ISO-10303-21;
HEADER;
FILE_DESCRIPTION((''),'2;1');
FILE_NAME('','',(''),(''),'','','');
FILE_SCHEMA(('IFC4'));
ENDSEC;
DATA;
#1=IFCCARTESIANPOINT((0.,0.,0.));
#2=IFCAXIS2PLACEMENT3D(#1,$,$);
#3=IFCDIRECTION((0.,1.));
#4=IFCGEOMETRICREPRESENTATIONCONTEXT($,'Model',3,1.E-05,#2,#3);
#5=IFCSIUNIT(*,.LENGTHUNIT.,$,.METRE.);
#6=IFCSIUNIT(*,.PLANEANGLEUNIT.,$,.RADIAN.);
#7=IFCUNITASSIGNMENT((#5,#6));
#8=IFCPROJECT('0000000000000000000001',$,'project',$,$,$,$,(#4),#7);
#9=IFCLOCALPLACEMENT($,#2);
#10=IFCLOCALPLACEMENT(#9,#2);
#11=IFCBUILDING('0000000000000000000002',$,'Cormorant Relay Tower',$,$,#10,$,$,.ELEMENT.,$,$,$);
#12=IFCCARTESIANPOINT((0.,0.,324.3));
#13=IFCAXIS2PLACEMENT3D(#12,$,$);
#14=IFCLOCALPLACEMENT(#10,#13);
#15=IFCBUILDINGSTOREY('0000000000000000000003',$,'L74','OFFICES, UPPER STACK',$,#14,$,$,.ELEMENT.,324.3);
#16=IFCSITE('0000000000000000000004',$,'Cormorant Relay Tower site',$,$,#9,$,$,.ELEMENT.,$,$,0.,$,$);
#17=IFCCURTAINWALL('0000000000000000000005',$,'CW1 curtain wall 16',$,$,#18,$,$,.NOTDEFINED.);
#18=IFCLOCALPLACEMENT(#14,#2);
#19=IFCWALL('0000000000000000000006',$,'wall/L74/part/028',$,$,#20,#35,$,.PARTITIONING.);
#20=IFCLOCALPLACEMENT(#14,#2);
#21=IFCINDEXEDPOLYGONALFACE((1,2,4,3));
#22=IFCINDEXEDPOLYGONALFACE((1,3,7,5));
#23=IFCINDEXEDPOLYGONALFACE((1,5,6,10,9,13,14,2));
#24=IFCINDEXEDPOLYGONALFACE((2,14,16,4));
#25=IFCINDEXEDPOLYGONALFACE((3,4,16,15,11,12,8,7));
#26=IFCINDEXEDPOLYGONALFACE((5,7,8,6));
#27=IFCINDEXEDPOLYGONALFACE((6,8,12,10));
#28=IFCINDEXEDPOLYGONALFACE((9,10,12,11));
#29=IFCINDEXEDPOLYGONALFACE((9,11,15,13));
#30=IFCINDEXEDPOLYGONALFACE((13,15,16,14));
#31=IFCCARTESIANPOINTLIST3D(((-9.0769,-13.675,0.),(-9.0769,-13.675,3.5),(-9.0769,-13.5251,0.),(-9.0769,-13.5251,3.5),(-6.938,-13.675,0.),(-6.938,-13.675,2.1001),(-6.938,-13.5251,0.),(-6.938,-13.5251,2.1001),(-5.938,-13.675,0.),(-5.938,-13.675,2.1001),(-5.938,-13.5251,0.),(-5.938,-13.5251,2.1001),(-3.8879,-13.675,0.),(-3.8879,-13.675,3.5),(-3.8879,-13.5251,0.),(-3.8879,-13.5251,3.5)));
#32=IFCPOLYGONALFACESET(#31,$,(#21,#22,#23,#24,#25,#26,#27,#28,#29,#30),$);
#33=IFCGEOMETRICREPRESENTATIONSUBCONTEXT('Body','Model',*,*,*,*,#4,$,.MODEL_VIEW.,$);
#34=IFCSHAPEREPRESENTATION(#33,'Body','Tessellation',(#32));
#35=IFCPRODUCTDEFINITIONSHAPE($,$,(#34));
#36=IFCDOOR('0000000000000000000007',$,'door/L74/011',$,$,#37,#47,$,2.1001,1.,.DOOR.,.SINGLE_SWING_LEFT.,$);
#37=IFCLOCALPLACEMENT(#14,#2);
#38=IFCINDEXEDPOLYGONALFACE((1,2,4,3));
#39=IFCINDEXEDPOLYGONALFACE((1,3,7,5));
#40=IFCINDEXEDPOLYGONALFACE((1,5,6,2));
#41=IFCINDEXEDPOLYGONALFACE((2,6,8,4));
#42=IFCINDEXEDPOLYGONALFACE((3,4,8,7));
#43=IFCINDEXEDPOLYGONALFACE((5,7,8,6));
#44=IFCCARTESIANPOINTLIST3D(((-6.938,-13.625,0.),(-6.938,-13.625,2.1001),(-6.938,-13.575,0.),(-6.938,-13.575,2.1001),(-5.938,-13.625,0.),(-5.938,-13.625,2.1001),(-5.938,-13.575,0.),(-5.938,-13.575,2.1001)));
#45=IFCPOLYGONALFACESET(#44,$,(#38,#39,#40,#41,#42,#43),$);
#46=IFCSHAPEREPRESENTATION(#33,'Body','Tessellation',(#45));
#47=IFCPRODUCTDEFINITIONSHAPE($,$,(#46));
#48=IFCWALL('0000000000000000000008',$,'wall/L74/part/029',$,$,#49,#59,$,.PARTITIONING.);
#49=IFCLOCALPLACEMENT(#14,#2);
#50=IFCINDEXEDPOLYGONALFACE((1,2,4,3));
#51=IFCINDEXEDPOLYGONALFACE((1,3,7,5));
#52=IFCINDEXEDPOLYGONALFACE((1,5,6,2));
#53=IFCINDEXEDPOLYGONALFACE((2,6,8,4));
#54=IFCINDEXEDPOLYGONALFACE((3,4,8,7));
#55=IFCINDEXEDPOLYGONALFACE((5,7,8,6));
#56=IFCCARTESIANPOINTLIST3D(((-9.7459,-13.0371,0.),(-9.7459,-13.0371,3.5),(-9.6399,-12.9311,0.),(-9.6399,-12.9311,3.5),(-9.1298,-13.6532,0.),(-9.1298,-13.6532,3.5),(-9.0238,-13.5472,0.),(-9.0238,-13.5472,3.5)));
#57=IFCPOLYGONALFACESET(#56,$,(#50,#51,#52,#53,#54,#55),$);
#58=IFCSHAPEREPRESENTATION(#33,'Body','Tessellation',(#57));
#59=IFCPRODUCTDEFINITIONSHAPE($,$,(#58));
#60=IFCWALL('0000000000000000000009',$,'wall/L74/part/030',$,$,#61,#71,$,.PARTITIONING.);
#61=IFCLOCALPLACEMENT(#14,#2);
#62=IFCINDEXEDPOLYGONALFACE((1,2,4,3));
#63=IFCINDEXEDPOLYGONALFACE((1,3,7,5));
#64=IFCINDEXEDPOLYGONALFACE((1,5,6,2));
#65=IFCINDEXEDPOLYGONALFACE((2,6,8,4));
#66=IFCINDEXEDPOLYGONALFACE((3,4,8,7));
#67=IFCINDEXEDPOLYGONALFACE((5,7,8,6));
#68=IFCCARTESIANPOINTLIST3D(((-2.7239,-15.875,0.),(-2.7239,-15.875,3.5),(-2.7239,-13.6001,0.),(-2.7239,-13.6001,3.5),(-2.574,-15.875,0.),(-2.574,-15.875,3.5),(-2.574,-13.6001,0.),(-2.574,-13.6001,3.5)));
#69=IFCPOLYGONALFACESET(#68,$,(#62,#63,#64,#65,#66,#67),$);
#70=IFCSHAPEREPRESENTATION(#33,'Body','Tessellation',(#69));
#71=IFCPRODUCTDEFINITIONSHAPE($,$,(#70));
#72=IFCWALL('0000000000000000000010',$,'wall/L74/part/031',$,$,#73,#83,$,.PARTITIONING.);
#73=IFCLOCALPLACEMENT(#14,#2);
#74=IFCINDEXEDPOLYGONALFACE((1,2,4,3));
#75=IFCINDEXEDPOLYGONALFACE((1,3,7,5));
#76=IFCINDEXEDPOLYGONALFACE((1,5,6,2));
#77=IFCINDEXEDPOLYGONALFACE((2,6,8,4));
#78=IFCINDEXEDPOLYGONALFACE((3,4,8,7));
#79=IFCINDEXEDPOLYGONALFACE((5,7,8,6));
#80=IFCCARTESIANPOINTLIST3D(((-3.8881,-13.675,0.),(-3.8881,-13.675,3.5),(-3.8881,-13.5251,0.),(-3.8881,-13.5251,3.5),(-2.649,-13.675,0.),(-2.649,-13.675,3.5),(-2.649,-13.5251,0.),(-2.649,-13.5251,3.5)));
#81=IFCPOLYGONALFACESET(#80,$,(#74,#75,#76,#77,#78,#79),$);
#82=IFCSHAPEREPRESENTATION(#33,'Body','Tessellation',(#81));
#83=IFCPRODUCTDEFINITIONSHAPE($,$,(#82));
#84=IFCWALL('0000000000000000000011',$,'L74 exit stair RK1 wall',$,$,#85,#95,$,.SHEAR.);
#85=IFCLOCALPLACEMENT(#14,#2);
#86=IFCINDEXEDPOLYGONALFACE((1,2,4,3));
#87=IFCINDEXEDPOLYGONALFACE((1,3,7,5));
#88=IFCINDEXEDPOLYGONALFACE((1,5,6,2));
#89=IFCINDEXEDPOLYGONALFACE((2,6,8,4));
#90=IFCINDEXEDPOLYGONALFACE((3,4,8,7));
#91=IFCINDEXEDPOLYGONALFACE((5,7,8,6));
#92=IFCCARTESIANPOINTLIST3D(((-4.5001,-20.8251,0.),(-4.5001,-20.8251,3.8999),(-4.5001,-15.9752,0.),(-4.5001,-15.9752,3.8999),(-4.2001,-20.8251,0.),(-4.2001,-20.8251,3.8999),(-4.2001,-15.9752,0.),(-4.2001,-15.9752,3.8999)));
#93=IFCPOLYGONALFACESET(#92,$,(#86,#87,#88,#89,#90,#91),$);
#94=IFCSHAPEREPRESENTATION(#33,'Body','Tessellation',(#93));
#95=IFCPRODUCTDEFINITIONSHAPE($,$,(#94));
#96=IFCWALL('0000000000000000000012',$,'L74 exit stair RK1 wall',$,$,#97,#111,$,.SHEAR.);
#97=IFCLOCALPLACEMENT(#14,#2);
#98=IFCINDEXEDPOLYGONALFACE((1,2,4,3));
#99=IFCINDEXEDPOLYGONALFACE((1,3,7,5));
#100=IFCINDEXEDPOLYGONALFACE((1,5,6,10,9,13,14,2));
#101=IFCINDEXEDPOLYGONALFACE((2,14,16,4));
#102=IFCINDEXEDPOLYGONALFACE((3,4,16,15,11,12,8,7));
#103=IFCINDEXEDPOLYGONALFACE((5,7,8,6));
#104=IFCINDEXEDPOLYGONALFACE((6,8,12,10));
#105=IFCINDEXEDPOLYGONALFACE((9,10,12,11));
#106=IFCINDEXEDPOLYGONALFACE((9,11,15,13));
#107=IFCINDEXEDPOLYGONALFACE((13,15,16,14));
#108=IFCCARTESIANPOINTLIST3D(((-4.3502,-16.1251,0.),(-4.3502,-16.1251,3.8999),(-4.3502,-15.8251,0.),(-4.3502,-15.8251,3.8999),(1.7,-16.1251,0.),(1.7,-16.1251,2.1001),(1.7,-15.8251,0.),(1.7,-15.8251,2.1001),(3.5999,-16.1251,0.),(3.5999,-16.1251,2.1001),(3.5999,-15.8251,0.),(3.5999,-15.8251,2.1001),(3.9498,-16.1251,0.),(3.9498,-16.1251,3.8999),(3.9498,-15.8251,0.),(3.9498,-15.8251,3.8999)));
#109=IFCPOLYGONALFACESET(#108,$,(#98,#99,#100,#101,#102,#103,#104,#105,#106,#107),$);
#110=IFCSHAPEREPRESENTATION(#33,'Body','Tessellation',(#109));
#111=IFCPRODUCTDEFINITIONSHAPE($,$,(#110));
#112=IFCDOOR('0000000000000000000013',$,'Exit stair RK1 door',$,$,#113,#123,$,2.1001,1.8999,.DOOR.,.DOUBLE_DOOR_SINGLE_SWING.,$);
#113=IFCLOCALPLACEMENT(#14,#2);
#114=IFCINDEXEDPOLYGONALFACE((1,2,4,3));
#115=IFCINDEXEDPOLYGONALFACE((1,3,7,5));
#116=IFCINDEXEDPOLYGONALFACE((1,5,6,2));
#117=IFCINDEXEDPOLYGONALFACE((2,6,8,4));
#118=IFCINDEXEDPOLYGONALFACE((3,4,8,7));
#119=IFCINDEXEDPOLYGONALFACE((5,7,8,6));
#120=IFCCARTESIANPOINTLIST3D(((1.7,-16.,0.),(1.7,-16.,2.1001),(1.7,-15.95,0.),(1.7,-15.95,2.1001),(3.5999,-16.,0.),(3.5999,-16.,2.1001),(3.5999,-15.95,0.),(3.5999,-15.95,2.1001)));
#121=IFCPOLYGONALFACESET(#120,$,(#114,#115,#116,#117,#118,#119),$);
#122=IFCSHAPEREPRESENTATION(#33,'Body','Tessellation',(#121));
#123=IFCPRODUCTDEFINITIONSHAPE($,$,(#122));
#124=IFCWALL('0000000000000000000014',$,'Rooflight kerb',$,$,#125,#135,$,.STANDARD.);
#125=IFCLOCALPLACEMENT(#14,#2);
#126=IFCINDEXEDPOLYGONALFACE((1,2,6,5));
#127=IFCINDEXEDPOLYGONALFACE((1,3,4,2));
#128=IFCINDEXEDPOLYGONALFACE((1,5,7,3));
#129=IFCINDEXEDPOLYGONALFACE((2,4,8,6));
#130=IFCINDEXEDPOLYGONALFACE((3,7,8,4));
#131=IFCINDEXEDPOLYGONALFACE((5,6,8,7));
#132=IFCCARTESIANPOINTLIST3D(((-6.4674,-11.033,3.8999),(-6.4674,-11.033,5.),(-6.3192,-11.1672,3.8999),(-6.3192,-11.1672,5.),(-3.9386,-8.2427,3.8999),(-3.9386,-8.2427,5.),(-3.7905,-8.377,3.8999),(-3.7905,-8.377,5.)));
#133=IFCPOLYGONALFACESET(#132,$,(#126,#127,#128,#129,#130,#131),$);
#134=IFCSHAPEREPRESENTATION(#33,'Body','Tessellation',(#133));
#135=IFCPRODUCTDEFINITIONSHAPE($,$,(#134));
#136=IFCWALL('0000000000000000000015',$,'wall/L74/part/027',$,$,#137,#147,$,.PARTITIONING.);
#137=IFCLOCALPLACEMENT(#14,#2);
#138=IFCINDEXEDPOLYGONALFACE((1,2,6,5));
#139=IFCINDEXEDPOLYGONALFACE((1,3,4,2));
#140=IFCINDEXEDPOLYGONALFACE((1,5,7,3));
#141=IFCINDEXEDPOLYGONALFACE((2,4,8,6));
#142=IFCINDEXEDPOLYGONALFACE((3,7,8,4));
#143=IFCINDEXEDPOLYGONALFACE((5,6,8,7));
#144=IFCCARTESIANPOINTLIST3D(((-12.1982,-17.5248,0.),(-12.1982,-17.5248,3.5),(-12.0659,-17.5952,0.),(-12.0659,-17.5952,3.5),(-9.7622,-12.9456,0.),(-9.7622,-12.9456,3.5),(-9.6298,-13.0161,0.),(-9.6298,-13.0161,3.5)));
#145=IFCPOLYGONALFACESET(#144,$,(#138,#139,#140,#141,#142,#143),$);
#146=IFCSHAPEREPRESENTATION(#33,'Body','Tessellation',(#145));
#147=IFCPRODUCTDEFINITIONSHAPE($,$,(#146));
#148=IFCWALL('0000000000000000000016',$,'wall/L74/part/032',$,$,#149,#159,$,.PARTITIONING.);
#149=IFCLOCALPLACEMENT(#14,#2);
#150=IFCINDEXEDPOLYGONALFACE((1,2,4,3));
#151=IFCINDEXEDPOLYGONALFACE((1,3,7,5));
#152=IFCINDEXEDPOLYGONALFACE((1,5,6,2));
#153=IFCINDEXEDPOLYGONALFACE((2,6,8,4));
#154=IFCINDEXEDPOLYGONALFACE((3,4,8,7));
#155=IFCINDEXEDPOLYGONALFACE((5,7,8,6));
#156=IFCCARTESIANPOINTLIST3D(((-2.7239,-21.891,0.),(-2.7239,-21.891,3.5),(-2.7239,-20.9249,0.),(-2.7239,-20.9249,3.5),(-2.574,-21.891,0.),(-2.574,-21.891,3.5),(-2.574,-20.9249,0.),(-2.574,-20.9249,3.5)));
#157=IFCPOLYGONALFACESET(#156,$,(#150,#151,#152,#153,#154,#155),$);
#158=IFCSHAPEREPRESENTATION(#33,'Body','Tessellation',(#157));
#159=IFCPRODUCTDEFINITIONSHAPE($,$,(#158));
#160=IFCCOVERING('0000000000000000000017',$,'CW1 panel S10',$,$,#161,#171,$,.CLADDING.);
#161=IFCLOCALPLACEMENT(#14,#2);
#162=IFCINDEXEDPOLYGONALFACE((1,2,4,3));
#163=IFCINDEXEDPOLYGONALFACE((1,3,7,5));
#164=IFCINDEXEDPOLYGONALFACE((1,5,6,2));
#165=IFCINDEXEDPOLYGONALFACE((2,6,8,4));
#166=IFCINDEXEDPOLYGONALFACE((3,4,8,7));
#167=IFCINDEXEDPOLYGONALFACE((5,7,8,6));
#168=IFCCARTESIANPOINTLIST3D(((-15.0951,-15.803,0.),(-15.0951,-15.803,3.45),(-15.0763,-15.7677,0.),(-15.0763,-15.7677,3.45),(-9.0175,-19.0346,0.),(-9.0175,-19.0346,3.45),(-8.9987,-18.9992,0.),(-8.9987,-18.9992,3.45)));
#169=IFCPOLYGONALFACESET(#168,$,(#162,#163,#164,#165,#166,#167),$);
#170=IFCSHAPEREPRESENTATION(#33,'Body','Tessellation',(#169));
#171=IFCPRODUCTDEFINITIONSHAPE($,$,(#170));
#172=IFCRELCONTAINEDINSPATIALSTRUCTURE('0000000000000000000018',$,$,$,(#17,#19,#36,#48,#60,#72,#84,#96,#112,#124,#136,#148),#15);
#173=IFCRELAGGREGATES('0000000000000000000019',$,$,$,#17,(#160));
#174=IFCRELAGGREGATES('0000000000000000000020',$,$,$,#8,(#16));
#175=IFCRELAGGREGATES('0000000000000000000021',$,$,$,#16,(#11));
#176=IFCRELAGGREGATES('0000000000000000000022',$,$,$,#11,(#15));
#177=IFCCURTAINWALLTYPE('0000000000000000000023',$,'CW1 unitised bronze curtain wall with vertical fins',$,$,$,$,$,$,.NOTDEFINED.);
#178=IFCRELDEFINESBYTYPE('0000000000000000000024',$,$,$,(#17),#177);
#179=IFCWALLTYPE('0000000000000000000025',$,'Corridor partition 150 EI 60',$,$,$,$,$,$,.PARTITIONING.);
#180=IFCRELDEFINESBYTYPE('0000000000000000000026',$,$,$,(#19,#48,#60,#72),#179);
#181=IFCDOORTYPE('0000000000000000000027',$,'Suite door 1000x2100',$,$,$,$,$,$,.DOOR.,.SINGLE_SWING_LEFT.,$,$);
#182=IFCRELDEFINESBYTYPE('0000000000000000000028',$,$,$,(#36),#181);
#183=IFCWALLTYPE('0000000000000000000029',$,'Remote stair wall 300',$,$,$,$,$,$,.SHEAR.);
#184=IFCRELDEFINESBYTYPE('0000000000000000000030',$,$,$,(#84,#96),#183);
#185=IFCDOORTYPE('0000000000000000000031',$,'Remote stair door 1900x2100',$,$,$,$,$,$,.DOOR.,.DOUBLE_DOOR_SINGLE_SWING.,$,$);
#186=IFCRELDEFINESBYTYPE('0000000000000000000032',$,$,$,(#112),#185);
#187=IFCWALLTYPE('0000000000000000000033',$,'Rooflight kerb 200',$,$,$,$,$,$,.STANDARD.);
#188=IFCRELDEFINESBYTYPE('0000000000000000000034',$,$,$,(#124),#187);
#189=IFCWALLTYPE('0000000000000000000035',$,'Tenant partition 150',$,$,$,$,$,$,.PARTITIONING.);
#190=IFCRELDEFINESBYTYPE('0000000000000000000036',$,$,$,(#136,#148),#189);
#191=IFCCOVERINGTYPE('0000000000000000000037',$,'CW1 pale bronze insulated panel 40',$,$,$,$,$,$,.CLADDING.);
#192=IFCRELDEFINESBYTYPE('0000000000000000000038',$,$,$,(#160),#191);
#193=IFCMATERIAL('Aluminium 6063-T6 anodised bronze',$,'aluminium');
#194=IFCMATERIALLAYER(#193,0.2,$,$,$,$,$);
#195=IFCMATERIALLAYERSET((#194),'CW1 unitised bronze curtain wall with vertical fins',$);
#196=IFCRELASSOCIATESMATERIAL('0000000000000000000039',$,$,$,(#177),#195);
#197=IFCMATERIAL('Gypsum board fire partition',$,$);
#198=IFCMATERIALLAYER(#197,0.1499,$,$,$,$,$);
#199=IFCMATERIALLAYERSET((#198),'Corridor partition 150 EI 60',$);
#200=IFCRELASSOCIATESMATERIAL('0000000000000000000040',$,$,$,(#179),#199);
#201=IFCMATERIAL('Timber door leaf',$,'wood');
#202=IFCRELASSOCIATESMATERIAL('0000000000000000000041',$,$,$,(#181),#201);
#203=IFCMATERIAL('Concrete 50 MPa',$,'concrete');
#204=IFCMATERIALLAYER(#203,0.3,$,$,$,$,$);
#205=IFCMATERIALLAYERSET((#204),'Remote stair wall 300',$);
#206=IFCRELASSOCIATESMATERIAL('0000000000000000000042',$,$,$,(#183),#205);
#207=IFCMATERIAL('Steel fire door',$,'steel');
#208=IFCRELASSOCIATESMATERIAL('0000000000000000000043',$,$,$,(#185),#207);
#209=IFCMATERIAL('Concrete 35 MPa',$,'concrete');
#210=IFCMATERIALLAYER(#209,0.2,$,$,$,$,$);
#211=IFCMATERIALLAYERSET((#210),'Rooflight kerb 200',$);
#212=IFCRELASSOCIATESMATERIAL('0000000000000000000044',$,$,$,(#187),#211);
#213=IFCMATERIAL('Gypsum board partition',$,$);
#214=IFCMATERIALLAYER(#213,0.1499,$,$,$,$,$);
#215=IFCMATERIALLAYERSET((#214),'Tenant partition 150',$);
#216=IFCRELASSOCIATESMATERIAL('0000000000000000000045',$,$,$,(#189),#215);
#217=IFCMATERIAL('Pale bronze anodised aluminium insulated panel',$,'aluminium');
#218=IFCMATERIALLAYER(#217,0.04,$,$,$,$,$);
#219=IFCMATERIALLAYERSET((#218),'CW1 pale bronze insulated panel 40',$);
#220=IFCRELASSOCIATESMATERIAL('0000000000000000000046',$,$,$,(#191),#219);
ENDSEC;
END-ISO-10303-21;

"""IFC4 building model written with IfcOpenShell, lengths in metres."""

from ifc_helpers import new_model, si_unit, direction, frame, frame_2d, origin, origin_2d, place, context, subcontext, project, spatial, rectangle, extrude, material, layer, layer_set, type_object, element, fill, aggregate, save


model = new_model("IFC4")

# Units and contexts
model_context = context("Model", 3, precision=1e-05, world=origin(), true_north=direction((0.0, 1.0)))
body_context = subcontext(model_context, "Body", "Model", "MODEL_VIEW")
ifc_project = project(units=[si_unit("LENGTHUNIT", "METRE"), si_unit("PLANEANGLEUNIT", "RADIAN")], contexts=[model_context])

# Site, building, storey
site_placement = place(None, origin())
site = spatial("IfcSite", under=ifc_project, at=site_placement, Name="Cormorant Relay Tower site", CompositionType="ELEMENT", RefElevation=0.0)
building_placement = place(site_placement, origin())
building = spatial("IfcBuilding", under=site, at=building_placement, Name="Cormorant Relay Tower", CompositionType="ELEMENT")
storey_placement = place(building_placement, frame((0.0, 0.0, 324.3)))
storey = spatial("IfcBuildingStorey", under=building, at=storey_placement, Name="L74", Description="OFFICES, UPPER STACK", CompositionType="ELEMENT", Elevation=324.3)

# Shared definitions
ifc_material_1 = material(Name="Aluminium 6063-T6 anodised bronze", Category="aluminium")
ifc_layer_1 = layer(ifc_material_1, 0.2)
ifc_layer_set_1 = layer_set([ifc_layer_1], Name="CW1 unitised bronze curtain wall with vertical fins")
curtain_wall_type_1 = type_object("IfcCurtainWallType", Name="CW1 unitised bronze curtain wall with vertical fins", PredefinedType="NOTDEFINED", material=ifc_layer_set_1)

# Curtain wall
curtain_wall_1_placement = place(storey_placement, origin())
curtain_wall_1 = element("IfcCurtainWall", 1, at=curtain_wall_1_placement, inside=storey, type_object=curtain_wall_type_1, Name="CW1 curtain wall 16", PredefinedType="NOTDEFINED")

# Shared definitions
ifc_material_2 = material(Name="Gypsum board fire partition")
ifc_layer_2 = layer(ifc_material_2, 0.1499)
ifc_layer_set_2 = layer_set([ifc_layer_2], Name="Corridor partition 150 EI 60")
wall_type_1 = type_object("IfcWallType", Name="Corridor partition 150 EI 60", PredefinedType="PARTITIONING", material=ifc_layer_set_2)

# Wall, opening, door
wall_1_placement = place(storey_placement, frame((-3.8879, -13.6001, 0.0), z_axis=(0.0, 0.0, 1.0), x_axis=(-1.0, 0.0, 0.0)))
wall_1 = element("IfcWall", 2, at=wall_1_placement, inside=storey, type_object=wall_type_1, Name="wall/L74/part/028", PredefinedType="PARTITIONING", context=body_context, shape_type="SweptSolid", body=[
    extrude(rectangle(XDim=5.189, YDim=0.1499, at=frame_2d((2.5945, 0.0))), origin(), (0.0, 0.0, 1.0), 3.5),
])
opening_1_placement = place(wall_1_placement, frame((2.05, 0.0, 0.0)))
opening_1 = element("IfcOpeningElement", 3, at=opening_1_placement, cuts=wall_1, PredefinedType="OPENING", context=body_context, shape_type="SweptSolid", body=[
    extrude(rectangle(XDim=1.0, YDim=2.1001, at=frame_2d((0.5, 1.05))), frame((0.0, 0.085, 0.0), z_axis=(0.0, -1.0, 0.0), x_axis=(1.0, 0.0, 0.0)), (0.0, 0.0, 1.0), 0.1699),
])
ifc_material_3 = material(Name="Timber door leaf", Category="wood")
door_type_1 = type_object("IfcDoorType", Name="Suite door 1000x2100", OperationType="SINGLE_SWING_LEFT", PredefinedType="DOOR", material=ifc_material_3)
door_1_placement = place(opening_1_placement, origin())
door_1 = element("IfcDoor", 4, at=door_1_placement, inside=storey, type_object=door_type_1, Name="door/L74/011", OperationType="SINGLE_SWING_LEFT", OverallHeight=2.1001, OverallWidth=1.0, PredefinedType="DOOR", context=body_context, shape_type="SweptSolid", body=[
    extrude(rectangle(XDim=1.0, YDim=2.1001, at=frame_2d((0.5, 1.05))), frame((0.0, 0.0249, 0.0), z_axis=(0.0, -1.0, 0.0), x_axis=(1.0, 0.0, 0.0)), (0.0, 0.0, 1.0), 0.05),
])
fill(opening_1, door_1)

# Walls
wall_2_placement = place(storey_placement, frame((-9.0769, -13.6001, 0.0), z_axis=(0.0, 0.0, 1.0), x_axis=(-0.707107, 0.707107, 0.0)))
element("IfcWall", 5, at=wall_2_placement, inside=storey, type_object=wall_type_1, Name="wall/L74/part/029", PredefinedType="PARTITIONING", context=body_context, shape_type="SweptSolid", body=[
    extrude(rectangle(XDim=0.8713, YDim=0.1499, at=frame_2d((0.4355, 0.0))), origin(), (0.0, 0.0, 1.0), 3.5),
])
wall_3_placement = place(storey_placement, frame((-2.6489, -15.875, 0.0), z_axis=(0.0, 0.0, 1.0), x_axis=(0.0, 1.0, 0.0)))
element("IfcWall", 6, at=wall_3_placement, inside=storey, type_object=wall_type_1, Name="wall/L74/part/030", PredefinedType="PARTITIONING", context=body_context, shape_type="SweptSolid", body=[
    extrude(rectangle(XDim=2.2749, YDim=0.1499, at=frame_2d((1.1375, 0.0))), origin(), (0.0, 0.0, 1.0), 3.5),
])
wall_4_placement = place(storey_placement, frame((-2.6489, -13.6001, 0.0), z_axis=(0.0, 0.0, 1.0), x_axis=(-1.0, 0.0, 0.0)))
element("IfcWall", 7, at=wall_4_placement, inside=storey, type_object=wall_type_1, Name="wall/L74/part/031", PredefinedType="PARTITIONING", context=body_context, shape_type="SweptSolid", body=[
    extrude(rectangle(XDim=1.239, YDim=0.1499, at=frame_2d((0.6196, 0.0))), origin(), (0.0, 0.0, 1.0), 3.5),
])
ifc_material_4 = material(Name="Concrete 50 MPa", Category="concrete")
ifc_layer_3 = layer(ifc_material_4, 0.3)
ifc_layer_set_3 = layer_set([ifc_layer_3], Name="Remote stair wall 300")
wall_type_2 = type_object("IfcWallType", Name="Remote stair wall 300", PredefinedType="SHEAR", material=ifc_layer_set_3)
wall_5_placement = place(storey_placement, frame((-4.3501, -20.825, 0.0), z_axis=(0.0, 0.0, 1.0), x_axis=(0.0, 1.0, 0.0)))
element("IfcWall", 8, at=wall_5_placement, inside=storey, type_object=wall_type_2, Name="L74 exit stair RK1 wall", PredefinedType="SHEAR", context=body_context, shape_type="SweptSolid", body=[
    extrude(rectangle(XDim=4.8499, YDim=0.3, at=frame_2d((2.4248, 0.0))), origin(), (0.0, 0.0, 1.0), 3.8999),
])

# Wall, opening, door
wall_6_placement = place(storey_placement, frame((-4.3501, -15.9751, 0.0), z_axis=(0.0, 0.0, 1.0), x_axis=(1.0, 0.0, 0.0)))
wall_6 = element("IfcWall", 9, at=wall_6_placement, inside=storey, type_object=wall_type_2, Name="L74 exit stair RK1 wall", PredefinedType="SHEAR", context=body_context, shape_type="SweptSolid", body=[
    extrude(rectangle(XDim=8.3, YDim=0.3, at=frame_2d((4.1499, 0.0))), origin(), (0.0, 0.0, 1.0), 3.8999),
])
opening_2_placement = place(wall_6_placement, frame((6.05, 0.0, 0.0)))
opening_2 = element("IfcOpeningElement", 10, at=opening_2_placement, cuts=wall_6, PredefinedType="OPENING", context=body_context, shape_type="SweptSolid", body=[
    extrude(rectangle(XDim=1.8999, YDim=2.1001, at=frame_2d((0.95, 1.05))), frame((0.0, 0.1599, 0.0), z_axis=(0.0, -1.0, 0.0), x_axis=(1.0, 0.0, 0.0)), (0.0, 0.0, 1.0), 0.3201),
])
ifc_material_5 = material(Name="Steel fire door", Category="steel")
door_type_2 = type_object("IfcDoorType", Name="Remote stair door 1900x2100", OperationType="DOUBLE_DOOR_SINGLE_SWING", PredefinedType="DOOR", material=ifc_material_5)
door_2_placement = place(opening_2_placement, frame((1.8999, 0.0, 0.0), z_axis=(0.0, 0.0, 1.0), x_axis=(-1.0, 0.0, 0.0)))
door_2 = element("IfcDoor", 11, at=door_2_placement, inside=storey, type_object=door_type_2, Name="Exit stair RK1 door", OperationType="DOUBLE_DOOR_SINGLE_SWING", OverallHeight=2.1001, OverallWidth=1.8999, PredefinedType="DOOR", context=body_context, shape_type="SweptSolid", body=[
    extrude(rectangle(XDim=1.8999, YDim=2.1001, at=frame_2d((0.95, 1.05))), frame((0.0, 0.0249, 0.0), z_axis=(0.0, -1.0, 0.0), x_axis=(1.0, 0.0, 0.0)), (0.0, 0.0, 1.0), 0.05),
])
fill(opening_2, door_2)

# Walls
ifc_material_6 = material(Name="Concrete 35 MPa", Category="concrete")
ifc_layer_4 = layer(ifc_material_6, 0.2)
ifc_layer_set_4 = layer_set([ifc_layer_4], Name="Rooflight kerb 200")
wall_type_3 = type_object("IfcWallType", Name="Rooflight kerb 200", PredefinedType="STANDARD", material=ifc_layer_set_4)
wall_7_placement = place(storey_placement, frame((-6.3933, -11.1001, 3.8999), z_axis=(0.0, 0.0, 1.0), x_axis=(0.671536, 0.740972, 0.0)))
element("IfcWall", 12, at=wall_7_placement, inside=storey, type_object=wall_type_3, Name="Rooflight kerb", PredefinedType="STANDARD", context=body_context, shape_type="SweptSolid", body=[
    extrude(rectangle(XDim=3.7656, YDim=0.2, at=frame_2d((1.8828, 0.0))), origin(), (0.0, 0.0, 1.0), 1.1001),
])
ifc_material_7 = material(Name="Gypsum board partition")
ifc_layer_5 = layer(ifc_material_7, 0.1499)
ifc_layer_set_5 = layer_set([ifc_layer_5], Name="Tenant partition 150")
wall_type_4 = type_object("IfcWallType", Name="Tenant partition 150", PredefinedType="PARTITIONING", material=ifc_layer_set_5)
wall_8_placement = place(storey_placement, frame((-9.696, -12.981, 0.0), z_axis=(0.0, 0.0, 1.0), x_axis=(-0.469664, -0.882845, 0.0)))
element("IfcWall", 13, at=wall_8_placement, inside=storey, type_object=wall_type_4, Name="wall/L74/part/027", PredefinedType="PARTITIONING", context=body_context, shape_type="SweptSolid", body=[
    extrude(rectangle(XDim=5.1868, YDim=0.1499, at=frame_2d((2.5933, 0.0))), origin(), (0.0, 0.0, 1.0), 3.5),
])
wall_9_placement = place(storey_placement, frame((-2.6489, -20.925, 0.0), z_axis=(0.0, 0.0, 1.0), x_axis=(0.0, -1.0, 0.0)))
element("IfcWall", 14, at=wall_9_placement, inside=storey, type_object=wall_type_4, Name="wall/L74/part/032", PredefinedType="PARTITIONING", context=body_context, shape_type="SweptSolid", body=[
    extrude(rectangle(XDim=0.9661, YDim=0.1499, at=frame_2d((0.4829, 0.0))), origin(), (0.0, 0.0, 1.0), 3.5),
])

# Covering
ifc_material_8 = material(Name="Pale bronze anodised aluminium insulated panel", Category="aluminium")
ifc_layer_6 = layer(ifc_material_8, 0.04)
ifc_layer_set_6 = layer_set([ifc_layer_6], Name="CW1 pale bronze insulated panel 40")
covering_type = type_object("IfcCoveringType", Name="CW1 pale bronze insulated panel 40", PredefinedType="CLADDING", material=ifc_layer_set_6)
covering_1_placement = place(storey_placement, frame((-12.0469, -17.4011, 0.0), z_axis=(0.0, 0.0, 1.0), x_axis=(0.882948, -0.469472, 0.0)))
covering_1 = element("IfcCovering", 15, at=covering_1_placement, type_object=covering_type, Name="CW1 panel S10", PredefinedType="CLADDING", context=body_context, shape_type="SweptSolid", body=[
    extrude(rectangle(XDim=6.8833, YDim=0.04, at=origin_2d()), origin(), (0.0, 0.0, 1.0), 3.45),
])
aggregate(curtain_wall_1, [covering_1])

save(model, "model.ifc")
